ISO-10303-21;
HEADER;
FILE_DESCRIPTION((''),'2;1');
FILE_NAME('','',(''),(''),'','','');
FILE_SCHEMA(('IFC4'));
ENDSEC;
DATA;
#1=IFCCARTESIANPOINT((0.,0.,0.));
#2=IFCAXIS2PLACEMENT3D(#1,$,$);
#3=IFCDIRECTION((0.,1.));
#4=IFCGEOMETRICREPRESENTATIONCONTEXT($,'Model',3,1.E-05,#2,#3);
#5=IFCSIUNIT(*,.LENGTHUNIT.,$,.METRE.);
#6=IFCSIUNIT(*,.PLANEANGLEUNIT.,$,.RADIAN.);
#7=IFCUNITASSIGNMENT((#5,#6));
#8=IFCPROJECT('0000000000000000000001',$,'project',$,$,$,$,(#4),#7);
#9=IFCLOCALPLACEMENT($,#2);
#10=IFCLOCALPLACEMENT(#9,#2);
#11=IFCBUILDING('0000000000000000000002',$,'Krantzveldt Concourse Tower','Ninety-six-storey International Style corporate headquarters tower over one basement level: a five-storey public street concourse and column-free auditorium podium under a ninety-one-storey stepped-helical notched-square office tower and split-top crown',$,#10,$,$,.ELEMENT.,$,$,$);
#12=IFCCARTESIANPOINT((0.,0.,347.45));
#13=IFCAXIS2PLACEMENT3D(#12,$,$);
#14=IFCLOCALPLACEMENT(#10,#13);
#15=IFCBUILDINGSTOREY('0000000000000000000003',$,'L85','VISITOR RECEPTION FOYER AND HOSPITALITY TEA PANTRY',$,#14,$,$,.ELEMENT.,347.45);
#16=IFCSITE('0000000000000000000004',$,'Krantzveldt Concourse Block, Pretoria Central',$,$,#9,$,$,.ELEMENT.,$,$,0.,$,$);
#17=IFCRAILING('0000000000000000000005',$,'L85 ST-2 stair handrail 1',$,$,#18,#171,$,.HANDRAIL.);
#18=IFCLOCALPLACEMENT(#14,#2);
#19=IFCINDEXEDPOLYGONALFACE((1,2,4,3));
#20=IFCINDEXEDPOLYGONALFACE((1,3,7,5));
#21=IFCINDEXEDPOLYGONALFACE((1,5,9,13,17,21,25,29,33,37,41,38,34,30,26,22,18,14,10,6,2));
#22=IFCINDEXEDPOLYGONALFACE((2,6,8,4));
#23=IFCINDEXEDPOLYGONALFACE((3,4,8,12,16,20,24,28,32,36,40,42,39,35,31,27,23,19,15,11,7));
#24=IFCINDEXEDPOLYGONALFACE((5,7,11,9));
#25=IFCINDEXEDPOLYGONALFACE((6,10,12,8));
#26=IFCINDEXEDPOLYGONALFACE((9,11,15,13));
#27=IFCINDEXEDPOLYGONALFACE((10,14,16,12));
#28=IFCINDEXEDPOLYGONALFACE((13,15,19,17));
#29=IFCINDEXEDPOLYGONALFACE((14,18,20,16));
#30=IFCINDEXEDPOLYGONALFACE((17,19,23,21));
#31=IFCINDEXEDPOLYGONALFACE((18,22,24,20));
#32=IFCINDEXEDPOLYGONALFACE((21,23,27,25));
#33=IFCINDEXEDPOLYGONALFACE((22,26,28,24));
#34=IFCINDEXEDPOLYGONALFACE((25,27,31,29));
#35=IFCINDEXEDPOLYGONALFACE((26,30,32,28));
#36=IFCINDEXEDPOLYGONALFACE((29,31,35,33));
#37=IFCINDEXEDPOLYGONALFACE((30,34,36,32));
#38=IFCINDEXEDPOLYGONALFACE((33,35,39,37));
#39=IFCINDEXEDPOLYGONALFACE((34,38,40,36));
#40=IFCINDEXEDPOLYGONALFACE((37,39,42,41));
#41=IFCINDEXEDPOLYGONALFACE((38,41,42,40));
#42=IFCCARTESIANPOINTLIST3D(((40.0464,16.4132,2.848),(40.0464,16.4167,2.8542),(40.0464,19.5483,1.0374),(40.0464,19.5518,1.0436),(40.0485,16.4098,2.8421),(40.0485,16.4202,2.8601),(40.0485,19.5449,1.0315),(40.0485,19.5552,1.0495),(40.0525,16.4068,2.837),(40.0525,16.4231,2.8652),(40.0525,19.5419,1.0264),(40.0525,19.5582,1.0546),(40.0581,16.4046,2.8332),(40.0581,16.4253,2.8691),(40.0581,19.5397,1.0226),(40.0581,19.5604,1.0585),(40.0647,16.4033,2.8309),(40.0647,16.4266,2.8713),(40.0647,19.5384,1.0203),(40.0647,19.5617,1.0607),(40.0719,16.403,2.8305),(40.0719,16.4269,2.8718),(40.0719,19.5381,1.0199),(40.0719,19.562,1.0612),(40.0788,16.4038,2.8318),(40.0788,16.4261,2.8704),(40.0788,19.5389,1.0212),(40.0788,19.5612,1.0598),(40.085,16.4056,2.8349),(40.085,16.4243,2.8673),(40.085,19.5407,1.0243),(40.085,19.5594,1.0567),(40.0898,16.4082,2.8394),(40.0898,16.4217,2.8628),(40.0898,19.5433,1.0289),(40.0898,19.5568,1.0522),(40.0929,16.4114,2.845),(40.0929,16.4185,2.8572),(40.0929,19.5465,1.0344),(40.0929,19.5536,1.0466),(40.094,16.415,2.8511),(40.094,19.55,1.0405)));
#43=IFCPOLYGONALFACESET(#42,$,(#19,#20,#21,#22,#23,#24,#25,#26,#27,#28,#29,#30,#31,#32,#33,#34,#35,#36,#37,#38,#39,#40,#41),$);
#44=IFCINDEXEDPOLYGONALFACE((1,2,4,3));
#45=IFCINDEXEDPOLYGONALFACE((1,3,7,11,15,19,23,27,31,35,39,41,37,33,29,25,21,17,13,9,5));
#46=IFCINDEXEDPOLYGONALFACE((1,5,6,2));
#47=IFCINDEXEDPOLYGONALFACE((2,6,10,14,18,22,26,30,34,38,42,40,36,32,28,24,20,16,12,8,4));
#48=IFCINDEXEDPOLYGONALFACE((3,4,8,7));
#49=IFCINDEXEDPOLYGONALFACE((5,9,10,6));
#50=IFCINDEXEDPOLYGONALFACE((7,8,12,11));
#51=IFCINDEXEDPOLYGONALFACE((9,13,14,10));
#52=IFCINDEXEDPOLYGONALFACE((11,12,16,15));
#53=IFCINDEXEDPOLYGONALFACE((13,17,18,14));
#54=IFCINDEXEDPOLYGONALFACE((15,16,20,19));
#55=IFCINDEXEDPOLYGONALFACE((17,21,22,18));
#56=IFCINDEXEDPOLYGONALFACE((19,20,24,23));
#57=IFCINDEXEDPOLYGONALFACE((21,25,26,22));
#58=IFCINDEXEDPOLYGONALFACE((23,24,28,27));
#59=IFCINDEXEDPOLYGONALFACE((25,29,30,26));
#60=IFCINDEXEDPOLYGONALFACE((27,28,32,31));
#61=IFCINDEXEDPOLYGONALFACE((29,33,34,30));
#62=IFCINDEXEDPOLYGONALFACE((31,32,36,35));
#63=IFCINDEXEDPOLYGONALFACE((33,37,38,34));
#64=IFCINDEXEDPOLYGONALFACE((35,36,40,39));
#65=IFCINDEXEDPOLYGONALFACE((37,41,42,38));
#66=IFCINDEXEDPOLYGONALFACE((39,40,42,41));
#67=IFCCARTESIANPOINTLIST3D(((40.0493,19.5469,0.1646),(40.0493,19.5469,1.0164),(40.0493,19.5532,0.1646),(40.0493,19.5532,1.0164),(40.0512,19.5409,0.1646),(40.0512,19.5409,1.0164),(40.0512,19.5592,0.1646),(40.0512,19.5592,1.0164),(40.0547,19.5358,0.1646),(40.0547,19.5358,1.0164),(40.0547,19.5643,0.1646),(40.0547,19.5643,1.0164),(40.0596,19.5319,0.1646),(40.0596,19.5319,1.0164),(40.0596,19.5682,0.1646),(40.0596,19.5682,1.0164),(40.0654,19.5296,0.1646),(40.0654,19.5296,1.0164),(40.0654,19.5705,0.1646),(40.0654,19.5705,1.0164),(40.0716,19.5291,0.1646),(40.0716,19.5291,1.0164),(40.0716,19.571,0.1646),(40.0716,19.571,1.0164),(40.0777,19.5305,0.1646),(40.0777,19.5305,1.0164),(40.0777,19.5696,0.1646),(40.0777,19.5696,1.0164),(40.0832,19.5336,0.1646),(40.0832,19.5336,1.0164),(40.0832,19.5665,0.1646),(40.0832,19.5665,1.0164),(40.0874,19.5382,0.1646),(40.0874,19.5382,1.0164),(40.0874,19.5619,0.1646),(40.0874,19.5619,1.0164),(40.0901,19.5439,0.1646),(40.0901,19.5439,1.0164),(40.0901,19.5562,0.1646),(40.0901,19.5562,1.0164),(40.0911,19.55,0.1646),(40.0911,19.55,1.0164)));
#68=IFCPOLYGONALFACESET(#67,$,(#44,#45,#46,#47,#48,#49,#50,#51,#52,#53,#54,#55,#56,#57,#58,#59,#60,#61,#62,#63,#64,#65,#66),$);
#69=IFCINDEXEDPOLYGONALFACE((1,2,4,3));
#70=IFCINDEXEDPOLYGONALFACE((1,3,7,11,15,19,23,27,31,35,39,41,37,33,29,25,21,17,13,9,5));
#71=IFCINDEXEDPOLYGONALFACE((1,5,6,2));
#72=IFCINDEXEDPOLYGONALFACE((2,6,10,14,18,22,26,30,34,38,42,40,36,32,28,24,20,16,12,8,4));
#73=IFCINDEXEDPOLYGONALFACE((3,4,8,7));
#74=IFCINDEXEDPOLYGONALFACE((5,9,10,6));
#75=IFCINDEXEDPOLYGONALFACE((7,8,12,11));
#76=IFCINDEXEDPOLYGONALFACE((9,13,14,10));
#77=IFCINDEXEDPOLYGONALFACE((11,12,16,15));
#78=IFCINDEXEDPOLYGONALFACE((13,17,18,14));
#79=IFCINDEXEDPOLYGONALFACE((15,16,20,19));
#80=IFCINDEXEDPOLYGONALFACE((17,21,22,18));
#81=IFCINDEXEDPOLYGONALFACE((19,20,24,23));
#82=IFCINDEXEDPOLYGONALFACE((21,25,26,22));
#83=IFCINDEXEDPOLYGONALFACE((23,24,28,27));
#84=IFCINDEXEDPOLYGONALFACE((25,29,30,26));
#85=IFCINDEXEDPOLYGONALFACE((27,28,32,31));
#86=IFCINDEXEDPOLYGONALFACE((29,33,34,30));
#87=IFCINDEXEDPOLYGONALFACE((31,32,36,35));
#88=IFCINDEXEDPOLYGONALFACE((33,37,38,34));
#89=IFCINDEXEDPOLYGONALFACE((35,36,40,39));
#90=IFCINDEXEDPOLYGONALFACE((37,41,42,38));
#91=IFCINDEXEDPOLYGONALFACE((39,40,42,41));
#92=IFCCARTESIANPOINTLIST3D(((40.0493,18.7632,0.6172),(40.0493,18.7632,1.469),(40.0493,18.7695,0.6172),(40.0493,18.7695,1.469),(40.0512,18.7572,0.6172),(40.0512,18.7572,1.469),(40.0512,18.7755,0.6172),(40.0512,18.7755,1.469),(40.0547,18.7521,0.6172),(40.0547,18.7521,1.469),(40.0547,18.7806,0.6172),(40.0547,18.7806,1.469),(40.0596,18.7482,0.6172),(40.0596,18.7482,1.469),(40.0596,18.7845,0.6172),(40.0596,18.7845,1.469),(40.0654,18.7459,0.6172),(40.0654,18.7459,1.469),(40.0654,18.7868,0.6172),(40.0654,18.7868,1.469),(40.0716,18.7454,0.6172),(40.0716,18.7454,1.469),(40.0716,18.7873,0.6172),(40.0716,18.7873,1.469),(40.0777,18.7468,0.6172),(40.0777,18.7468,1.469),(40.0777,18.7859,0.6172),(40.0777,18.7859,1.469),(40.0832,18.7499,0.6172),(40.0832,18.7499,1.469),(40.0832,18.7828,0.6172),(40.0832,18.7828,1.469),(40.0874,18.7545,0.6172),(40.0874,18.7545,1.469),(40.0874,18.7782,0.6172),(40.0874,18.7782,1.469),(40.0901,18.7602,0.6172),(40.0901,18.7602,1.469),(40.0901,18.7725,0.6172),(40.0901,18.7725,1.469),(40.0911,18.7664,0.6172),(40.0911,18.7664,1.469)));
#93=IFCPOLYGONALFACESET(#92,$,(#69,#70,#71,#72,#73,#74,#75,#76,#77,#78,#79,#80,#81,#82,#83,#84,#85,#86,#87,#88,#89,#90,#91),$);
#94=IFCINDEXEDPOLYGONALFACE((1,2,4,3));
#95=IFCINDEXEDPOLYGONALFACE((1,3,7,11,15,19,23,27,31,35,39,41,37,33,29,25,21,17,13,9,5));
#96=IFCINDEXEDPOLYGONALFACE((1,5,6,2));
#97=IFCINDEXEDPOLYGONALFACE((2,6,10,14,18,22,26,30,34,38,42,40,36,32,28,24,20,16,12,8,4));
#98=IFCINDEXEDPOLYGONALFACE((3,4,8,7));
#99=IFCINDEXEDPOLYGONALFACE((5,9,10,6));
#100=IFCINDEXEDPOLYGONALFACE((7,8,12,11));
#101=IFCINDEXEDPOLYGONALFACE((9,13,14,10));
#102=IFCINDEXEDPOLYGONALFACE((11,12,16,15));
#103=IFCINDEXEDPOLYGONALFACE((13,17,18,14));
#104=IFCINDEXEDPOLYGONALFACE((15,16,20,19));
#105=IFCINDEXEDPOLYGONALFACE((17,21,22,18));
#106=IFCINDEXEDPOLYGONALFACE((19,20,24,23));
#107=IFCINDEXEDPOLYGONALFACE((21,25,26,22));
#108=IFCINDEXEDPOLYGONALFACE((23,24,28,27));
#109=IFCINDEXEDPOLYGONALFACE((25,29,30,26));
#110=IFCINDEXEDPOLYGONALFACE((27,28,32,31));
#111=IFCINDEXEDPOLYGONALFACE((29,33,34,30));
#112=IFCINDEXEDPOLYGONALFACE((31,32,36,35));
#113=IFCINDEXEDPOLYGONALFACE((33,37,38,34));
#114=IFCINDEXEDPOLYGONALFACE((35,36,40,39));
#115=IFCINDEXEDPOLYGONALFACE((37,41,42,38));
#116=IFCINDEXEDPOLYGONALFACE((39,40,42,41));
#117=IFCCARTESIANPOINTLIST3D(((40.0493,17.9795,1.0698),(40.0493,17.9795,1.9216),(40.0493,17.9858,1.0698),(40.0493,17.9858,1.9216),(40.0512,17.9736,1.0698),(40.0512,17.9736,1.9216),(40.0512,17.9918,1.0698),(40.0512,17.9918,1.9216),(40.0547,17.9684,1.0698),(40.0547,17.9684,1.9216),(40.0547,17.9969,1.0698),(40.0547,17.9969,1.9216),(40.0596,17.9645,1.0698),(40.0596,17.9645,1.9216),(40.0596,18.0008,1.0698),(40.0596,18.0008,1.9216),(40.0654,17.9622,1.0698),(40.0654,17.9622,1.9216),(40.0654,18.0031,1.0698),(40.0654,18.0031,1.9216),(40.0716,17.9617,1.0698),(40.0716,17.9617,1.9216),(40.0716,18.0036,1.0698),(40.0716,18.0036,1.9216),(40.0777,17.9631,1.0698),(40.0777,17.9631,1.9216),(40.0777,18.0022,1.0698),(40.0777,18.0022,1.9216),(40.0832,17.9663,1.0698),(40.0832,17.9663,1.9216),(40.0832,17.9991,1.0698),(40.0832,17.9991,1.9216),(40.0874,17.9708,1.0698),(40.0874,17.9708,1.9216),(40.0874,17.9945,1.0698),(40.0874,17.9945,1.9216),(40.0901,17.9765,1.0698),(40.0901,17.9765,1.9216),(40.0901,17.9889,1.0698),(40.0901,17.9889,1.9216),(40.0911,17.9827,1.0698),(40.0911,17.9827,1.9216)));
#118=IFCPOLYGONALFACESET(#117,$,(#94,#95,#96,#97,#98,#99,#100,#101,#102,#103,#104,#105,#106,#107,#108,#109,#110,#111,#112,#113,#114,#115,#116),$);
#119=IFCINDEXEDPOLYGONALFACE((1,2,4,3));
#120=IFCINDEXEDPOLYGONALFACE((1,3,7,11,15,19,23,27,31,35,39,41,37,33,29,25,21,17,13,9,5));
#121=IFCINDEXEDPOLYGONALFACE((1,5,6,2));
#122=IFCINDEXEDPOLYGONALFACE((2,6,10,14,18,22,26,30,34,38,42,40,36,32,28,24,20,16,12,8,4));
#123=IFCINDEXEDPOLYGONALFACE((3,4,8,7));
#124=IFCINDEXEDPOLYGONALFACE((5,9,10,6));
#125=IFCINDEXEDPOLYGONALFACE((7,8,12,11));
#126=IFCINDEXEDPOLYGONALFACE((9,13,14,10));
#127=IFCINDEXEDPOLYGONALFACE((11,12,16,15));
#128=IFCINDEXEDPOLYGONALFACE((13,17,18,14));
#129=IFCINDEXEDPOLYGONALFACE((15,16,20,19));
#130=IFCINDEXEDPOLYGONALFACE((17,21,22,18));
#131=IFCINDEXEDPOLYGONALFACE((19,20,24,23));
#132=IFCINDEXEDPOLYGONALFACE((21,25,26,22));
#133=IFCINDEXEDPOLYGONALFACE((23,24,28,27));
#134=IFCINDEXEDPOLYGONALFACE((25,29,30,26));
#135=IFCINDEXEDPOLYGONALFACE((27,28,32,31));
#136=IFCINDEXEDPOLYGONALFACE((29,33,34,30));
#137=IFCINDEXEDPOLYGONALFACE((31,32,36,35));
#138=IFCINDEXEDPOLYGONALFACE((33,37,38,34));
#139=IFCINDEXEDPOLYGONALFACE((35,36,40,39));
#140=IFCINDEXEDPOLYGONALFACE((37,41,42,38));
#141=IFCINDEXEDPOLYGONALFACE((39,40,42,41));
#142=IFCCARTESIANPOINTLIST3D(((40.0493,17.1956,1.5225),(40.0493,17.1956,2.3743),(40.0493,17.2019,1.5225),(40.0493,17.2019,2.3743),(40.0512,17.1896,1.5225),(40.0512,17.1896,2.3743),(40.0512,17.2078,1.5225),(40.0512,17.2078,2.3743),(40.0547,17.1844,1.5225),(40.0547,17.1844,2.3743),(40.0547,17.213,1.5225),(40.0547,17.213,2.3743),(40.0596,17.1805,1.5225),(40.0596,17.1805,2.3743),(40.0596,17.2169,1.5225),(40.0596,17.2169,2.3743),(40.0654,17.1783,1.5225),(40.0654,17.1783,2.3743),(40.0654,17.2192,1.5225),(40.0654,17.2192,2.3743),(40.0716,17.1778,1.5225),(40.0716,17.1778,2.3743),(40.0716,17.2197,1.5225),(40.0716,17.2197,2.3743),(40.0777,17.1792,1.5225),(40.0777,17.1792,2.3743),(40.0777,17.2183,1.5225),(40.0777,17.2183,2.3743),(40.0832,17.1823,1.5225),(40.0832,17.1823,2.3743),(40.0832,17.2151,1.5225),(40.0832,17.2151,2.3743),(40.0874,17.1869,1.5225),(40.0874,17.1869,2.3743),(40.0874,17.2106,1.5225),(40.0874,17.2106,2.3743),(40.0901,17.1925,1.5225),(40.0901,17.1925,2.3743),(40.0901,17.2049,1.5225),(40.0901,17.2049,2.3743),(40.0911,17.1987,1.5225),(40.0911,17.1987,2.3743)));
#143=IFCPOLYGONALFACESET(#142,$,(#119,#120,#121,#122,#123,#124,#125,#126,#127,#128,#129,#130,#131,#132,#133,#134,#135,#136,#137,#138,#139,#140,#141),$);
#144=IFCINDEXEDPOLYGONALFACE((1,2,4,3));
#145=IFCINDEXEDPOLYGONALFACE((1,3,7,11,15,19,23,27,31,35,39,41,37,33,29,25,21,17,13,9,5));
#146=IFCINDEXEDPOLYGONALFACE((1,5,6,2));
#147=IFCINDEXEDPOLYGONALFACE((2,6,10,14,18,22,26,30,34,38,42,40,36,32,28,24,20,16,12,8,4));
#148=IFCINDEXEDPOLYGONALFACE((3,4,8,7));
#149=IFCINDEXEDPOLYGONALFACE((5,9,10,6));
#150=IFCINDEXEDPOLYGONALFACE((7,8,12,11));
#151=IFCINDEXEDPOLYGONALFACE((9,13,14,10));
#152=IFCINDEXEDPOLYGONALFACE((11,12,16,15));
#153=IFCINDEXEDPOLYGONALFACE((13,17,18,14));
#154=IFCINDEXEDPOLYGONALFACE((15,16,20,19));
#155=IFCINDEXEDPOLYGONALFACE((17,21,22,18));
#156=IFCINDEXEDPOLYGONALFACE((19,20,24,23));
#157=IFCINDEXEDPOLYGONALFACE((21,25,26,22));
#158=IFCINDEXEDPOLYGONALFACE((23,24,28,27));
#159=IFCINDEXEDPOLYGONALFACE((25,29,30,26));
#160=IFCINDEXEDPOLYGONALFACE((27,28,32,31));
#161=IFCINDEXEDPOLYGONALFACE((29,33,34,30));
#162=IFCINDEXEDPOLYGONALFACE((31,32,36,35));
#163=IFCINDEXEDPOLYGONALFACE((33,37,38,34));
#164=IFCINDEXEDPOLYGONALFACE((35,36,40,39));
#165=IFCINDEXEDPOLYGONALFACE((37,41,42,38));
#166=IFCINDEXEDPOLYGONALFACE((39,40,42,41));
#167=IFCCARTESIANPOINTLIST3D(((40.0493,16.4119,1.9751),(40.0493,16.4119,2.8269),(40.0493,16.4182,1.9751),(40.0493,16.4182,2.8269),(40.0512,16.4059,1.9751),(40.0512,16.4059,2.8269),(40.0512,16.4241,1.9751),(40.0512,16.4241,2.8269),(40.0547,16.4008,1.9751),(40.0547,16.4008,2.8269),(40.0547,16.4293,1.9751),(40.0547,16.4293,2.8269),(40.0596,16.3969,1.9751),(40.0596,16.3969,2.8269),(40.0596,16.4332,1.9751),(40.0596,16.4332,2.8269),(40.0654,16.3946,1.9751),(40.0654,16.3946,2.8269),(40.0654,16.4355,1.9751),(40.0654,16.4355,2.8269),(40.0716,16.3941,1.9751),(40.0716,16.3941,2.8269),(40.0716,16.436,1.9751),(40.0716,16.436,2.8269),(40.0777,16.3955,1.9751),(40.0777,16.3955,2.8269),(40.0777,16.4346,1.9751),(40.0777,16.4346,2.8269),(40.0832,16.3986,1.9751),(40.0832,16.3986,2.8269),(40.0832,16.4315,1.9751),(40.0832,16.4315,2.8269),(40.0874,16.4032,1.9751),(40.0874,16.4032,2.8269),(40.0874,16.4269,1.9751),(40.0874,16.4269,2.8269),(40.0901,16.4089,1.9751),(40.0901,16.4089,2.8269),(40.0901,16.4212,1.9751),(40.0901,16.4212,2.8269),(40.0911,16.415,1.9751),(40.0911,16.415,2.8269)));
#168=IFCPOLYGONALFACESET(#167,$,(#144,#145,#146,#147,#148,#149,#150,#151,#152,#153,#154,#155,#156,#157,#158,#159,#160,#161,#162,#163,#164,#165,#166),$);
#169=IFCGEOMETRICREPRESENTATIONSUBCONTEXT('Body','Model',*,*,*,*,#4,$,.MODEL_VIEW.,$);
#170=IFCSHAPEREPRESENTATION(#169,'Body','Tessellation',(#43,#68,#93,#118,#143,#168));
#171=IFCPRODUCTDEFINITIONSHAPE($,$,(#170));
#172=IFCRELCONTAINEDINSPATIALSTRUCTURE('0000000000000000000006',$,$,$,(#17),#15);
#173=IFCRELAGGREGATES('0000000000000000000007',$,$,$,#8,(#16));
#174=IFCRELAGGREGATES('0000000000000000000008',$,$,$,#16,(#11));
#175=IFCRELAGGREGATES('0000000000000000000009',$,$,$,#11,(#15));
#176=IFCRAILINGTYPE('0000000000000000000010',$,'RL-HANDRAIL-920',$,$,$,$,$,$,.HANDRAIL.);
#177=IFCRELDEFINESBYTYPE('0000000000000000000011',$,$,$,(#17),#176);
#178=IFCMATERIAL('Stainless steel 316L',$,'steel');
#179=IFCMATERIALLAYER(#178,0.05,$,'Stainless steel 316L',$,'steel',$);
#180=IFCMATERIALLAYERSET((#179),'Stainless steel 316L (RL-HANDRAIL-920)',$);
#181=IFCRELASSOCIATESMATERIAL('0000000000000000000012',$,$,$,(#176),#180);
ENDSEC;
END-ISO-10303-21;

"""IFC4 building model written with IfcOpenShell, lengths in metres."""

from ifc_helpers import new_model, si_unit, direction, frame, origin, origin_2d, place, context, subcontext, project, spatial, circle, extrude, material, layer, layer_set, type_object, element, save


model = new_model("IFC4")

# Units and contexts
model_context = context("Model", 3, precision=1e-05, world=origin(), true_north=direction((0.0, 1.0)))
body_context = subcontext(model_context, "Body", "Model", "MODEL_VIEW")
ifc_project = project(units=[si_unit("LENGTHUNIT", "METRE"), si_unit("PLANEANGLEUNIT", "RADIAN")], contexts=[model_context])

# Site, building, storey
site_placement = place(None, origin())
site = spatial("IfcSite", under=ifc_project, at=site_placement, Name="Krantzveldt Concourse Block, Pretoria Central", CompositionType="ELEMENT", RefElevation=0.0)
building_placement = place(site_placement, origin())
building = spatial("IfcBuilding", under=site, at=building_placement, Name="Krantzveldt Concourse Tower", Description="Ninety-six-storey International Style corporate headquarters tower over one basement level: a five-storey public street concourse and column-free auditorium podium under a ninety-one-storey stepped-helical notched-square office tower and split-top crown", CompositionType="ELEMENT")
storey_placement = place(building_placement, frame((0.0, 0.0, 347.45)))
storey = spatial("IfcBuildingStorey", under=building, at=storey_placement, Name="L85", Description="VISITOR RECEPTION FOYER AND HOSPITALITY TEA PANTRY", CompositionType="ELEMENT", Elevation=347.45)

# Shared definitions
ifc_material_1 = material(Name="Stainless steel 316L", Category="steel")

# Railing
ifc_layer_1 = layer(ifc_material_1, 0.05, Name="Stainless steel 316L", Category="steel")
ifc_layer_set_1 = layer_set([ifc_layer_1], Name="Stainless steel 316L (RL-HANDRAIL-920)")
railing_type_1 = type_object("IfcRailingType", Name="RL-HANDRAIL-920", PredefinedType="HANDRAIL", material=ifc_layer_set_1)
railing_1_placement = place(storey_placement, frame((40.0701, 19.55, 0.1646)))
element("IfcRailing", 1, at=railing_1_placement, inside=storey, type_object=railing_type_1, Name="L85 ST-2 stair handrail 1", PredefinedType="HANDRAIL", context=body_context, shape_type="SweptSolid", body=[
    extrude(circle(Radius=0.0239, at=origin_2d()), frame((0.0, 0.0, 0.876), z_axis=(0.0, -0.86596, 0.500114), x_axis=(1.0, 0.0, 0.0)), (0.0, 0.0, 1.0), 3.6204),
    extrude(circle(Radius=0.021, at=origin_2d()), origin(), (0.0, 0.0, 1.0), 0.8518),
    extrude(circle(Radius=0.021, at=origin_2d()), frame((0.0, -0.7837, 0.4526)), (0.0, 0.0, 1.0), 0.8518),
    extrude(circle(Radius=0.021, at=origin_2d()), frame((0.0, -1.5674, 0.9053)), (0.0, 0.0, 1.0), 0.8518),
    extrude(circle(Radius=0.021, at=origin_2d()), frame((0.0, -2.3513, 1.3579)), (0.0, 0.0, 1.0), 0.8518),
    extrude(circle(Radius=0.021, at=origin_2d()), frame((0.0, -3.135, 1.8105)), (0.0, 0.0, 1.0), 0.8518),
])

save(model, "model.ifc")
